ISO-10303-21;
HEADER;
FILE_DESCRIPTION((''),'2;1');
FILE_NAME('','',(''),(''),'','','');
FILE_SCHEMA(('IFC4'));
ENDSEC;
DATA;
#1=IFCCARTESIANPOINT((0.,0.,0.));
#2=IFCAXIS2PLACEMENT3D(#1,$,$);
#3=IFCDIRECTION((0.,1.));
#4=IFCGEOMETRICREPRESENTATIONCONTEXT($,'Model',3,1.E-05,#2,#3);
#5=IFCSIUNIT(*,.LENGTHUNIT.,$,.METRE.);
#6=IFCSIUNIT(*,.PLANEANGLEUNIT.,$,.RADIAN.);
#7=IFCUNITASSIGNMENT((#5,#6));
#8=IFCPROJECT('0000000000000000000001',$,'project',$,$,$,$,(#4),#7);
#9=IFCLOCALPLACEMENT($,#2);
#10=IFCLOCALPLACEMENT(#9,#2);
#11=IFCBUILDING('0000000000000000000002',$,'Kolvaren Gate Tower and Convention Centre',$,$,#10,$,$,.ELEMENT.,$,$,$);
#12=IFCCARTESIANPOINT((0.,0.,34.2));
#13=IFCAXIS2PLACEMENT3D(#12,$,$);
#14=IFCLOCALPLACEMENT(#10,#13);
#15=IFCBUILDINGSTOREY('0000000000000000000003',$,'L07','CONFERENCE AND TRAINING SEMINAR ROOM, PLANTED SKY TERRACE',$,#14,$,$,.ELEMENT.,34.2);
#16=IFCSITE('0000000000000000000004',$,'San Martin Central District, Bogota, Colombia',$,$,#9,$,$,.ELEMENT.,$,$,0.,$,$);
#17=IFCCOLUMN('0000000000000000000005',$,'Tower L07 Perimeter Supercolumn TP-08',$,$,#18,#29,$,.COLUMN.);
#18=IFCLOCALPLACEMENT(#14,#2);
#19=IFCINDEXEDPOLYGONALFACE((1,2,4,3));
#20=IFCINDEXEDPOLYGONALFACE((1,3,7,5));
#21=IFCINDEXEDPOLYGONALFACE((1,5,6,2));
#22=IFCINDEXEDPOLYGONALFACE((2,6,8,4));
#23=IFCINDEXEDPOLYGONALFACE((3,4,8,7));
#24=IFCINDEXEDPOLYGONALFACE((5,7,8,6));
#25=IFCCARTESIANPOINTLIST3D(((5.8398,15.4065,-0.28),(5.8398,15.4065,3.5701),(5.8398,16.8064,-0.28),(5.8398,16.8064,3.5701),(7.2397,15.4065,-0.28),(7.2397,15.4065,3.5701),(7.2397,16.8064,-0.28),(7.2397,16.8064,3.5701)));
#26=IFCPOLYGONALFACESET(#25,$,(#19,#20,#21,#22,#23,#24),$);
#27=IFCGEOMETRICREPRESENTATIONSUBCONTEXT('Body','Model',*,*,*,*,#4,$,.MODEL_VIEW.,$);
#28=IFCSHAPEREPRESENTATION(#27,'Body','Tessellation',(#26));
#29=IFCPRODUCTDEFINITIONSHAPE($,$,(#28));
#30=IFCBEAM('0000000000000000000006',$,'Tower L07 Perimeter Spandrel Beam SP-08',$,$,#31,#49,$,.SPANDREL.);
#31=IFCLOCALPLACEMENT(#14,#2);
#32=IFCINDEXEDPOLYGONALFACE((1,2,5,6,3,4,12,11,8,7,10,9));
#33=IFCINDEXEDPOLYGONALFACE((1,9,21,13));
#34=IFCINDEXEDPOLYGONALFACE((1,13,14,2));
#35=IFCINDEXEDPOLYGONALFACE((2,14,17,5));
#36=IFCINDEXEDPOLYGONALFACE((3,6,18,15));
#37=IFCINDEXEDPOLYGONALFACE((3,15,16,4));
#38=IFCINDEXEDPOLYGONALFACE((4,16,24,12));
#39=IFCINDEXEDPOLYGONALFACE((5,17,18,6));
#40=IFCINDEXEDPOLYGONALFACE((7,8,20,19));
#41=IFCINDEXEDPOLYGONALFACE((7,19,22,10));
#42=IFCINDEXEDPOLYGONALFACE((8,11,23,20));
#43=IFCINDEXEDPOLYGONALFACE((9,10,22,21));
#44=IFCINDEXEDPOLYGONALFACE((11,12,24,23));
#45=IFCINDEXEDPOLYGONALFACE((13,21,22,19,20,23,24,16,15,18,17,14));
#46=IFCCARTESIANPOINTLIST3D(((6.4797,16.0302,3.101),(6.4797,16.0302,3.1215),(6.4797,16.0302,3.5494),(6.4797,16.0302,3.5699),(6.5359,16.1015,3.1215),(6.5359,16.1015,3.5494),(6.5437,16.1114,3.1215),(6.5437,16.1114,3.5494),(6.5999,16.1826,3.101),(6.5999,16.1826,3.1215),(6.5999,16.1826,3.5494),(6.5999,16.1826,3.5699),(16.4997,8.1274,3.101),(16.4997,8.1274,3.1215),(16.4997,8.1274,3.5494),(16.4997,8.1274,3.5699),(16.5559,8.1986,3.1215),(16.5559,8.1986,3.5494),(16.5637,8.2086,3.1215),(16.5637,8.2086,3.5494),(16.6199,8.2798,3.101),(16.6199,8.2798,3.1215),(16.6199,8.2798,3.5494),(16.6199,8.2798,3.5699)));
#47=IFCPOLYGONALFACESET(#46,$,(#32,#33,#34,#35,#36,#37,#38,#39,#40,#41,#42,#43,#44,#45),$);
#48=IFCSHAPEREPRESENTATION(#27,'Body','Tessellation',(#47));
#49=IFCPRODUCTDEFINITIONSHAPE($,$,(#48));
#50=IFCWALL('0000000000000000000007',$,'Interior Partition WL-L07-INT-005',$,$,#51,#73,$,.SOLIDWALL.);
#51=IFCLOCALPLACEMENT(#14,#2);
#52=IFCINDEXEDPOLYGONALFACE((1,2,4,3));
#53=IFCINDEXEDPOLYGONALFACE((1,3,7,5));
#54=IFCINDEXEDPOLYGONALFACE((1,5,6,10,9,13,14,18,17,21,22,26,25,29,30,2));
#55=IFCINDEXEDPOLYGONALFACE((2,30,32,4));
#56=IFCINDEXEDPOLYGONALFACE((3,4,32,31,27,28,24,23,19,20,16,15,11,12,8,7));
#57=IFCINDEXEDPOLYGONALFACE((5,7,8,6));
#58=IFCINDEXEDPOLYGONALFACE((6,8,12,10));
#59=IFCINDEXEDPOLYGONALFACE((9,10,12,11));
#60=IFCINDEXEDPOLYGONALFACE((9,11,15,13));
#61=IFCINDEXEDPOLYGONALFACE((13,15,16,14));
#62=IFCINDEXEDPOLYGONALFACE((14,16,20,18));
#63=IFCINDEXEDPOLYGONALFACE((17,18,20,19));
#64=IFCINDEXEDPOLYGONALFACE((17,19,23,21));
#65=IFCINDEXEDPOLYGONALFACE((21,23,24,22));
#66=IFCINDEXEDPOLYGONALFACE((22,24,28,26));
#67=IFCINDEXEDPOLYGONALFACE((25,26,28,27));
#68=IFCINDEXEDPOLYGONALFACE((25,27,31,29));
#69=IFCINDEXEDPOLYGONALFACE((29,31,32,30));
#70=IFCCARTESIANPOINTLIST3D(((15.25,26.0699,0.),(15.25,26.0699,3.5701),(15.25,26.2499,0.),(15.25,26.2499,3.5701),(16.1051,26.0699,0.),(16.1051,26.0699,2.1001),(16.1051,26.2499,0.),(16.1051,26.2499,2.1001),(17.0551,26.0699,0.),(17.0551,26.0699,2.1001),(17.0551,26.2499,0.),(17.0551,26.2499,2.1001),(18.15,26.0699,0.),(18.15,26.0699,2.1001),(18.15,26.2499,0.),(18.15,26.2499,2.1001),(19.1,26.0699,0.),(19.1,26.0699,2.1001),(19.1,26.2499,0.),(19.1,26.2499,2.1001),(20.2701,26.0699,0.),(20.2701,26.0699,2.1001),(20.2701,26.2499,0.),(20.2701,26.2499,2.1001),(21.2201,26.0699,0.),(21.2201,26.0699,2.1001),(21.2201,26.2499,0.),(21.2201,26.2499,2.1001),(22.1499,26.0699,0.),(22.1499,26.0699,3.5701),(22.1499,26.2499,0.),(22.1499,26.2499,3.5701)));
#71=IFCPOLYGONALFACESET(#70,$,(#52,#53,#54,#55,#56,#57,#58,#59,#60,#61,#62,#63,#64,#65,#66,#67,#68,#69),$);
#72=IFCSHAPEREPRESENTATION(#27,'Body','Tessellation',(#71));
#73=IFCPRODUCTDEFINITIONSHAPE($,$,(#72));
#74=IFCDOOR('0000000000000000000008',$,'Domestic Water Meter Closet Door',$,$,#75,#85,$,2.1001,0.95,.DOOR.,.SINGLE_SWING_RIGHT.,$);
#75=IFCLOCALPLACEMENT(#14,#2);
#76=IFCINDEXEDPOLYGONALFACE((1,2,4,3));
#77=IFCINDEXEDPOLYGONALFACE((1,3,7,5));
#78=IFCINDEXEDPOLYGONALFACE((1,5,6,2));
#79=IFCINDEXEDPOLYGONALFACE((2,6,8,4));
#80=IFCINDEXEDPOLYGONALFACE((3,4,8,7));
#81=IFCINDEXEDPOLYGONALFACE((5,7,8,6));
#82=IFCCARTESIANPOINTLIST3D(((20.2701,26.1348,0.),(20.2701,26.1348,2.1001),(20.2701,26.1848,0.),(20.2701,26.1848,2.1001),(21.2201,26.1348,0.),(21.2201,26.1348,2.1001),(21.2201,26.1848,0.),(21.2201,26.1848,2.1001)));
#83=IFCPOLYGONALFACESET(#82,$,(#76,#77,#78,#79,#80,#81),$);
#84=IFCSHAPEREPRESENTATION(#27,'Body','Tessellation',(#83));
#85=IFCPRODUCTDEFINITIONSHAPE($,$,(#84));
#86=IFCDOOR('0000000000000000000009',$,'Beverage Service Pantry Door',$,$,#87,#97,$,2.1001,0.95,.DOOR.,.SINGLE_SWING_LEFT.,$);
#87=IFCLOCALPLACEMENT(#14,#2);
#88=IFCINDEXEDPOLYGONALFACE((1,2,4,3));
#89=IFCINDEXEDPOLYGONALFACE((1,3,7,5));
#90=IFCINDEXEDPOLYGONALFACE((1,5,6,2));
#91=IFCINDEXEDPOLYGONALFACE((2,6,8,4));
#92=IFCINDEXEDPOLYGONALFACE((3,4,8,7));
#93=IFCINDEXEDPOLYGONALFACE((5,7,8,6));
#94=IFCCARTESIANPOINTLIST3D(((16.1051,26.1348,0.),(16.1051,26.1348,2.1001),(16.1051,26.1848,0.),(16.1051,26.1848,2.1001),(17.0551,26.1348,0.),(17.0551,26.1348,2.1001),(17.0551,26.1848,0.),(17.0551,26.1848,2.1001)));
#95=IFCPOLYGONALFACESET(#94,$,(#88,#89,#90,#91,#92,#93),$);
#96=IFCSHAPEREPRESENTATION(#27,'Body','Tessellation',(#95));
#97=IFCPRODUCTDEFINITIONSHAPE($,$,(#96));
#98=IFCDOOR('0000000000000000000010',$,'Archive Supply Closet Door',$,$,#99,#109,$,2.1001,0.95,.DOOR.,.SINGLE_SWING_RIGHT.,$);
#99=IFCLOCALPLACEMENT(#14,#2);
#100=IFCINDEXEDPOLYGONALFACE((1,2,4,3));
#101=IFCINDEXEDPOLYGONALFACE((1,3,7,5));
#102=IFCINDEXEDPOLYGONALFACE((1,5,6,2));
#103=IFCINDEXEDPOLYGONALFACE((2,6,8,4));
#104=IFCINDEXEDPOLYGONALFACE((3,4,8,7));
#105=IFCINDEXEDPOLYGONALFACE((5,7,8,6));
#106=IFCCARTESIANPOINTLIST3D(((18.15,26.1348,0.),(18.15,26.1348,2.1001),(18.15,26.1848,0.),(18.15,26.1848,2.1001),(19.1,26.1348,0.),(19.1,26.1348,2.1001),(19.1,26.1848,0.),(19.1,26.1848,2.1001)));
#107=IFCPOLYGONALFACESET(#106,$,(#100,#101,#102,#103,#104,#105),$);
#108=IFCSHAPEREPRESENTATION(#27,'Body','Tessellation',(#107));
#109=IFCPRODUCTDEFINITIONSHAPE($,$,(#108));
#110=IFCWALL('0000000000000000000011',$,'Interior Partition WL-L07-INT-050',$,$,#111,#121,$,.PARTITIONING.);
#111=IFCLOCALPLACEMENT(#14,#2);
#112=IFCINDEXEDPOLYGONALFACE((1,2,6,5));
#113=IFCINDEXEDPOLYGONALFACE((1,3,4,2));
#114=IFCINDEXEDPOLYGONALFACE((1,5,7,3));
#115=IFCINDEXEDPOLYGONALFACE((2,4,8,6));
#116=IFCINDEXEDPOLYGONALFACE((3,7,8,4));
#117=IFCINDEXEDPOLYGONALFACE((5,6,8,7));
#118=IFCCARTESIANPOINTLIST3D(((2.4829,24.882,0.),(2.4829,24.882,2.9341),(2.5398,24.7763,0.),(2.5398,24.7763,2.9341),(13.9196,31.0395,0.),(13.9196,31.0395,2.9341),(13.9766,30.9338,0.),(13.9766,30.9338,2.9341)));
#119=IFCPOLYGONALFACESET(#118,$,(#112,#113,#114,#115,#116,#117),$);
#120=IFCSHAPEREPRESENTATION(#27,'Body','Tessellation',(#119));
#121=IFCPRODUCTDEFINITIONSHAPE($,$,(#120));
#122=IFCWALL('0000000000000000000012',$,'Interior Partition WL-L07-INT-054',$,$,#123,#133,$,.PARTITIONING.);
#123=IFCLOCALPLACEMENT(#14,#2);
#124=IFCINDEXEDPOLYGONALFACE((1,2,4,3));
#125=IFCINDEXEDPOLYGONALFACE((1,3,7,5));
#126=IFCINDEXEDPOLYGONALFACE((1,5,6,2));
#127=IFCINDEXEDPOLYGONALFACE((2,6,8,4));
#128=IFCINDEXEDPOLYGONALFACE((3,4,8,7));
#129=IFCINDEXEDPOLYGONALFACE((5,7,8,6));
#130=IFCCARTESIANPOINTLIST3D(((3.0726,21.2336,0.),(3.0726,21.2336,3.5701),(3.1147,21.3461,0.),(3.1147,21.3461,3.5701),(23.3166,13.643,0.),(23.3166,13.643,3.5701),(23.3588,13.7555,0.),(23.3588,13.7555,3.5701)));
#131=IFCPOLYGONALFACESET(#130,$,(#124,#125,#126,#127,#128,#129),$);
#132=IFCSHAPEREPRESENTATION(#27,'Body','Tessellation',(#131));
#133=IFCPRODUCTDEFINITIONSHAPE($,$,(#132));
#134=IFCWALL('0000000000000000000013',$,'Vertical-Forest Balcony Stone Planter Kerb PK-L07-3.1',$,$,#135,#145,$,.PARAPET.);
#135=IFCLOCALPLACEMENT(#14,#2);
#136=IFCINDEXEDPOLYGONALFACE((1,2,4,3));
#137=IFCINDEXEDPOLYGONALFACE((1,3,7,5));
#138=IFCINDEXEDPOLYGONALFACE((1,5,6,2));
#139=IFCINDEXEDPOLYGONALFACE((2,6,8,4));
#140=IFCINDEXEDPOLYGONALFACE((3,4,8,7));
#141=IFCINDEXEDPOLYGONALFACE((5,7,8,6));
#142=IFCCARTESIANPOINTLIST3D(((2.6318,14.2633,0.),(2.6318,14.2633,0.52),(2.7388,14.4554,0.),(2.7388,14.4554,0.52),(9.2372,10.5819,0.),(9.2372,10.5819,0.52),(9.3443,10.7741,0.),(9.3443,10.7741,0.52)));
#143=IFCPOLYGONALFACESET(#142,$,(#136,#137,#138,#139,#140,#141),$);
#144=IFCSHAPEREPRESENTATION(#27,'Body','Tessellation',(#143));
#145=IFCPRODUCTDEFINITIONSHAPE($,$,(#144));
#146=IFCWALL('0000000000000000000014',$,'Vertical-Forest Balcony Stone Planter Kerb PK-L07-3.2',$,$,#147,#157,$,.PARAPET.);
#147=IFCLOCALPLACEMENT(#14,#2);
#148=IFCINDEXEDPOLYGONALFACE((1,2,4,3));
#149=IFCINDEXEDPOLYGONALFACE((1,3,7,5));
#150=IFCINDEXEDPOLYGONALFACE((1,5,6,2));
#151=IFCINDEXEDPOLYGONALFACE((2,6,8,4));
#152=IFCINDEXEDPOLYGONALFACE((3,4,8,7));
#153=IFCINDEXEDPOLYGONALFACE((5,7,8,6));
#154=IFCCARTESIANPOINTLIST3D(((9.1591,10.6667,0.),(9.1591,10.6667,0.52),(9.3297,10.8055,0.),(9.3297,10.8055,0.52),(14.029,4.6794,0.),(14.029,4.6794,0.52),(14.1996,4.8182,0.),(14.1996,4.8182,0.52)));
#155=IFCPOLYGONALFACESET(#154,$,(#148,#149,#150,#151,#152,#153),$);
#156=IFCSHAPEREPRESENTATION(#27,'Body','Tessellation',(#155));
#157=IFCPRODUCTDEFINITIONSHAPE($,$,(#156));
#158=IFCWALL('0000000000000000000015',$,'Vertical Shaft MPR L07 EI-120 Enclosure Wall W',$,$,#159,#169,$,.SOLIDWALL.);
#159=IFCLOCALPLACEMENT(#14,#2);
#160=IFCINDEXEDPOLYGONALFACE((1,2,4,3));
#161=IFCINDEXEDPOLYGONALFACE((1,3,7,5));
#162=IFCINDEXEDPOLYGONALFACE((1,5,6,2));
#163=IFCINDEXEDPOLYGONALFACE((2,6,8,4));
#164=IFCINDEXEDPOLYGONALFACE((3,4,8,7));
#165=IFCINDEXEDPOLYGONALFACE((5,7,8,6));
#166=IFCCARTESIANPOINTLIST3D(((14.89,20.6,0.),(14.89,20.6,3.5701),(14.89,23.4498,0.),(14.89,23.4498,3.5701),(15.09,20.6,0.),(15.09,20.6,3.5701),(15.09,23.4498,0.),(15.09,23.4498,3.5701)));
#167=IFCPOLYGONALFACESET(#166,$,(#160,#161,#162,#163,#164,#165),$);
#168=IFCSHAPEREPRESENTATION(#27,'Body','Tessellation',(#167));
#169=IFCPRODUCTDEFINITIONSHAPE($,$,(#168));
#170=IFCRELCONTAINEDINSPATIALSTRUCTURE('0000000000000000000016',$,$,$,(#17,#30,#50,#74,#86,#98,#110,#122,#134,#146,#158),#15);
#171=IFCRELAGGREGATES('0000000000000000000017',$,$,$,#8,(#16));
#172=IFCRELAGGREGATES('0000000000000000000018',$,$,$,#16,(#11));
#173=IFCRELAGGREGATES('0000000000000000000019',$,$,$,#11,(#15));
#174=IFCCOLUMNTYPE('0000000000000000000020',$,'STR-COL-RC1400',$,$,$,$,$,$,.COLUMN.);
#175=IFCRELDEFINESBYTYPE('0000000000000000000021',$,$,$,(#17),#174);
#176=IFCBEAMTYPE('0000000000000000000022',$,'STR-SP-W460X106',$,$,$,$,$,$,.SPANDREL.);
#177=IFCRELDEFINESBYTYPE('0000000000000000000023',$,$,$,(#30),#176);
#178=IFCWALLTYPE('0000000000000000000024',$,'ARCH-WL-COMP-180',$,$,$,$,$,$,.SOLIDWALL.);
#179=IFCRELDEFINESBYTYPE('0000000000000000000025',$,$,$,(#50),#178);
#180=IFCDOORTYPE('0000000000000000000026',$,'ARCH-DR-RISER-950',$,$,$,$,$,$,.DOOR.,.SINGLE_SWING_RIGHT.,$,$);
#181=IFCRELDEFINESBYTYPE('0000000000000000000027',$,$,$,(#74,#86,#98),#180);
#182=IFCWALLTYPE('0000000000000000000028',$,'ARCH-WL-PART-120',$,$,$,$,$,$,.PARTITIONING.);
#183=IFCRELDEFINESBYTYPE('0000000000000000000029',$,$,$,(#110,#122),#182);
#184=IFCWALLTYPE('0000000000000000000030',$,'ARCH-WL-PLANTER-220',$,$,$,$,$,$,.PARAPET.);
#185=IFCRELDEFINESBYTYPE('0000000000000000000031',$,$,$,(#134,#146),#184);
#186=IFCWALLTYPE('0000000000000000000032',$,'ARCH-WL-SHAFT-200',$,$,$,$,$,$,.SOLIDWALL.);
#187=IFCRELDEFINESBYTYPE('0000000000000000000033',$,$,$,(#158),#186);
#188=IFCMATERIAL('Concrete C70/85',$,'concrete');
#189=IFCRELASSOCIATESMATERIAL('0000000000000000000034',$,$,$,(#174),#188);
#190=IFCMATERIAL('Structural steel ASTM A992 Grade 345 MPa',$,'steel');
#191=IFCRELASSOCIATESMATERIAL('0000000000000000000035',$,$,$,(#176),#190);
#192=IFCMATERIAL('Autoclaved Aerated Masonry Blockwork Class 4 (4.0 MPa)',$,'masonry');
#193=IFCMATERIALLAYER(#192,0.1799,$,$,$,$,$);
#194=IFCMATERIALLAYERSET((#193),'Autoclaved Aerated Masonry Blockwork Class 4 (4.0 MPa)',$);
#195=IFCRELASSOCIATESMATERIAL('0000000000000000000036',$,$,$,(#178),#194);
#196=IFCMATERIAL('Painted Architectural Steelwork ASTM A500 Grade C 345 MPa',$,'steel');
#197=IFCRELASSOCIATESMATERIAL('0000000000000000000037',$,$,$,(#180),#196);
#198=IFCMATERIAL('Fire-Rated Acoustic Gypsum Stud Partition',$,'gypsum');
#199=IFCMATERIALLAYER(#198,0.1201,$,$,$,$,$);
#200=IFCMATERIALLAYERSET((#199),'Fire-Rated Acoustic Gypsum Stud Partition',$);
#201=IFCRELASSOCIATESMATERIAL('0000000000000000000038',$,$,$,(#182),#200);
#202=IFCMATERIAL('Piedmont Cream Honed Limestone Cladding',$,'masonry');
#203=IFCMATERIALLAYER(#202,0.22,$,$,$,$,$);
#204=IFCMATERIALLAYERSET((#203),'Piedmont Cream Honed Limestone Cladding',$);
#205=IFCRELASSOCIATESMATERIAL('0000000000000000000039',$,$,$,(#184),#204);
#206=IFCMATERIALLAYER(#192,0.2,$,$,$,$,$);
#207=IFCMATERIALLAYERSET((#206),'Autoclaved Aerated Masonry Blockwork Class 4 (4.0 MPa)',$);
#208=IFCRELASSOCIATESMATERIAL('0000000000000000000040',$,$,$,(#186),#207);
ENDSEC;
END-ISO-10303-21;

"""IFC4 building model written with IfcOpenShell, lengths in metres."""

from ifc_helpers import new_model, si_unit, direction, frame, frame_2d, origin, origin_2d, place, context, subcontext, project, spatial, rectangle, i_section, extrude, material, layer, layer_set, material_profile, profile_set, type_object, element, fill, save


model = new_model("IFC4")

# Units and contexts
model_context = context("Model", 3, precision=1e-05, world=origin(), true_north=direction((0.0, 1.0)))
body_context = subcontext(model_context, "Body", "Model", "MODEL_VIEW")
ifc_project = project(units=[si_unit("LENGTHUNIT", "METRE"), si_unit("PLANEANGLEUNIT", "RADIAN")], contexts=[model_context])

# Site, building, storey
site_placement = place(None, origin())
site = spatial("IfcSite", under=ifc_project, at=site_placement, Name="San Martin Central District, Bogota, Colombia", CompositionType="ELEMENT", RefElevation=0.0)
building_placement = place(site_placement, origin())
building = spatial("IfcBuilding", under=site, at=building_placement, Name="Kolvaren Gate Tower and Convention Centre", CompositionType="ELEMENT")
storey_placement = place(building_placement, frame((0.0, 0.0, 34.2)))
storey = spatial("IfcBuildingStorey", under=building, at=storey_placement, Name="L07", Description="CONFERENCE AND TRAINING SEMINAR ROOM, PLANTED SKY TERRACE", CompositionType="ELEMENT", Elevation=34.2)

# Column
ifc_material_1 = material(Name="Concrete C70/85", Category="concrete")
ifc_material_profile_1 = material_profile(ifc_material_1, rectangle(XDim=1.3999, YDim=1.3999, at=origin_2d()), Name="RC-COL-1400X1400")
ifc_profile_set_1 = profile_set([ifc_material_profile_1], Name="Concrete C70/85")
column_type = type_object("IfcColumnType", Name="STR-COL-RC1400", PredefinedType="COLUMN", material=ifc_profile_set_1)
column_placement = place(storey_placement, frame((6.5398, 16.1064, -0.28), z_axis=(0.0, 0.0, 1.0), x_axis=(1.0, 0.0, 0.0)))
element("IfcColumn", 1, at=column_placement, inside=storey, type_object=column_type, Name="Tower L07 Perimeter Supercolumn TP-08", PredefinedType="COLUMN", context=body_context, shape_type="SweptSolid", body=[
    extrude(rectangle(XDim=1.3999, YDim=1.3999, at=origin_2d()), origin(), (0.0, 0.0, 1.0), 3.8501),
])

# Beam
ifc_material_2 = material(Name="Structural steel ASTM A992 Grade 345 MPa", Category="steel")
ifc_material_profile_2 = material_profile(ifc_material_2, i_section(OverallWidth=0.1941, OverallDepth=0.469, WebThickness=0.0127, FlangeThickness=0.0205, at=origin_2d()), Name="W460X106")
ifc_profile_set_2 = profile_set([ifc_material_profile_2], Name="Structural steel ASTM A992 Grade 345 MPa")
beam_type = type_object("IfcBeamType", Name="STR-SP-W460X106", PredefinedType="SPANDREL", material=ifc_profile_set_2)
beam_placement = place(storey_placement, frame((6.5398, 16.1064, 3.3354), z_axis=(0.785176, -0.619272, 0.0), x_axis=(0.619272, 0.785176, 0.0)))
element("IfcBeam", 2, at=beam_placement, inside=storey, type_object=beam_type, Name="Tower L07 Perimeter Spandrel Beam SP-08", PredefinedType="SPANDREL", context=body_context, shape_type="SweptSolid", body=[
    extrude(i_section(OverallWidth=0.1941, OverallDepth=0.469, WebThickness=0.0127, FlangeThickness=0.0205, at=origin_2d()), origin(), (0.0, 0.0, 1.0), 12.7615),
])

# Wall, openings, doors
ifc_material_3 = material(Name="Autoclaved Aerated Masonry Blockwork Class 4 (4.0 MPa)", Category="masonry")
ifc_layer_1 = layer(ifc_material_3, 0.1799)
ifc_layer_set_1 = layer_set([ifc_layer_1], Name="Autoclaved Aerated Masonry Blockwork Class 4 (4.0 MPa)")
wall_type_1 = type_object("IfcWallType", Name="ARCH-WL-COMP-180", PredefinedType="SOLIDWALL", material=ifc_layer_set_1)
wall_1_placement = place(storey_placement, frame((15.25, 26.1599, 0.0), z_axis=(0.0, 0.0, 1.0), x_axis=(1.0, 0.0, 0.0)))
wall_1 = element("IfcWall", 3, at=wall_1_placement, inside=storey, type_object=wall_type_1, Name="Interior Partition WL-L07-INT-005", PredefinedType="SOLIDWALL", context=body_context, shape_type="SweptSolid", body=[
    extrude(rectangle(XDim=6.8999, YDim=0.1799, at=frame_2d((3.45, 0.0))), origin(), (0.0, 0.0, 1.0), 3.5701),
])
opening_1_placement = place(wall_1_placement, frame((5.02, 0.0, 0.0)))
opening_1 = element("IfcOpeningElement", 4, at=opening_1_placement, cuts=wall_1, PredefinedType="OPENING", context=body_context, shape_type="SweptSolid", body=[
    extrude(rectangle(XDim=0.95, YDim=2.1001, at=frame_2d((0.4751, 1.05))), frame((0.0, 0.0999, 0.0), z_axis=(0.0, -1.0, 0.0), x_axis=(1.0, 0.0, 0.0)), (0.0, 0.0, 1.0), 0.2),
])
opening_2_placement = place(wall_1_placement, frame((0.855, 0.0, 0.0)))
opening_2 = element("IfcOpeningElement", 5, at=opening_2_placement, cuts=wall_1, PredefinedType="OPENING", context=body_context, shape_type="SweptSolid", body=[
    extrude(rectangle(XDim=0.95, YDim=2.1001, at=frame_2d((0.4751, 1.05))), frame((0.0, 0.0999, 0.0), z_axis=(0.0, -1.0, 0.0), x_axis=(1.0, 0.0, 0.0)), (0.0, 0.0, 1.0), 0.2),
])
opening_3_placement = place(wall_1_placement, frame((2.8999, 0.0, 0.0)))
opening_3 = element("IfcOpeningElement", 6, at=opening_3_placement, cuts=wall_1, PredefinedType="OPENING", context=body_context, shape_type="SweptSolid", body=[
    extrude(rectangle(XDim=0.95, YDim=2.1001, at=frame_2d((0.4751, 1.05))), frame((0.0, 0.0999, 0.0), z_axis=(0.0, -1.0, 0.0), x_axis=(1.0, 0.0, 0.0)), (0.0, 0.0, 1.0), 0.2),
])
ifc_material_4 = material(Name="Painted Architectural Steelwork ASTM A500 Grade C 345 MPa", Category="steel")
door_type_1 = type_object("IfcDoorType", Name="ARCH-DR-RISER-950", OperationType="SINGLE_SWING_RIGHT", PredefinedType="DOOR", material=ifc_material_4)
door_1_placement = place(opening_1_placement, origin())
door_1 = element("IfcDoor", 7, at=door_1_placement, inside=storey, type_object=door_type_1, Name="Domestic Water Meter Closet Door", OperationType="SINGLE_SWING_RIGHT", OverallHeight=2.1001, OverallWidth=0.95, PredefinedType="DOOR", context=body_context, shape_type="SweptSolid", body=[
    extrude(rectangle(XDim=0.95, YDim=2.1001, at=frame_2d((0.4751, 1.05))), frame((0.0, 0.0249, 0.0), z_axis=(0.0, -1.0, 0.0), x_axis=(1.0, 0.0, 0.0)), (0.0, 0.0, 1.0), 0.05),
])
fill(opening_1, door_1)
door_2_placement = place(opening_2_placement, origin())
door_2 = element("IfcDoor", 8, at=door_2_placement, inside=storey, type_object=door_type_1, Name="Beverage Service Pantry Door", OperationType="SINGLE_SWING_LEFT", OverallHeight=2.1001, OverallWidth=0.95, PredefinedType="DOOR", context=body_context, shape_type="SweptSolid", body=[
    extrude(rectangle(XDim=0.95, YDim=2.1001, at=frame_2d((0.4751, 1.05))), frame((0.0, 0.0249, 0.0), z_axis=(0.0, -1.0, 0.0), x_axis=(1.0, 0.0, 0.0)), (0.0, 0.0, 1.0), 0.05),
])
fill(opening_2, door_2)
door_3_placement = place(opening_3_placement, origin())
door_3 = element("IfcDoor", 9, at=door_3_placement, inside=storey, type_object=door_type_1, Name="Archive Supply Closet Door", OperationType="SINGLE_SWING_RIGHT", OverallHeight=2.1001, OverallWidth=0.95, PredefinedType="DOOR", context=body_context, shape_type="SweptSolid", body=[
    extrude(rectangle(XDim=0.95, YDim=2.1001, at=frame_2d((0.4751, 1.05))), frame((0.0, 0.0249, 0.0), z_axis=(0.0, -1.0, 0.0), x_axis=(1.0, 0.0, 0.0)), (0.0, 0.0, 1.0), 0.05),
])
fill(opening_3, door_3)

# Walls
ifc_material_5 = material(Name="Fire-Rated Acoustic Gypsum Stud Partition", Category="gypsum")
ifc_layer_2 = layer(ifc_material_5, 0.1201)
ifc_layer_set_2 = layer_set([ifc_layer_2], Name="Fire-Rated Acoustic Gypsum Stud Partition")
wall_type_2 = type_object("IfcWallType", Name="ARCH-WL-PART-120", PredefinedType="PARTITIONING", material=ifc_layer_set_2)
wall_2_placement = place(storey_placement, frame((2.5112, 24.8291, 0.0), z_axis=(0.0, 0.0, 1.0), x_axis=(0.880496, 0.474053, 0.0)))
element("IfcWall", 10, at=wall_2_placement, inside=storey, type_object=wall_type_2, Name="Interior Partition WL-L07-INT-050", PredefinedType="PARTITIONING", context=body_context, shape_type="SweptSolid", body=[
    extrude(rectangle(XDim=12.989, YDim=0.1201, at=frame_2d((6.4946, 0.0))), origin(), (0.0, 0.0, 1.0), 2.9341),
])
wall_3_placement = place(storey_placement, frame((3.0938, 21.2898, 0.0), z_axis=(0.0, 0.0, 1.0), x_axis=(0.936344, -0.351084, 0.0)))
element("IfcWall", 11, at=wall_3_placement, inside=storey, type_object=wall_type_2, Name="Interior Partition WL-L07-INT-054", PredefinedType="PARTITIONING", context=body_context, shape_type="SweptSolid", body=[
    extrude(rectangle(XDim=21.6204, YDim=0.1201, at=frame_2d((10.8101, 0.0))), origin(), (0.0, 0.0, 1.0), 3.5701),
])
ifc_material_6 = material(Name="Piedmont Cream Honed Limestone Cladding", Category="masonry")
ifc_layer_3 = layer(ifc_material_6, 0.22)
ifc_layer_set_3 = layer_set([ifc_layer_3], Name="Piedmont Cream Honed Limestone Cladding")
wall_type_3 = type_object("IfcWallType", Name="ARCH-WL-PLANTER-220", PredefinedType="PARAPET", material=ifc_layer_set_3)
wall_4_placement = place(storey_placement, frame((2.6853, 14.3594, 0.0), z_axis=(0.0, 0.0, 1.0), x_axis=(0.8735, -0.486824, 0.0)))
element("IfcWall", 12, at=wall_4_placement, inside=storey, type_object=wall_type_3, Name="Vertical-Forest Balcony Stone Planter Kerb PK-L07-3.1", PredefinedType="PARAPET", context=body_context, shape_type="SweptSolid", body=[
    extrude(rectangle(XDim=7.562, YDim=0.22, at=frame_2d((3.781, 0.0))), origin(), (0.0, 0.0, 1.0), 0.52),
])
wall_5_placement = place(storey_placement, frame((9.2444, 10.7361, 0.0), z_axis=(0.0, 0.0, 1.0), x_axis=(0.630997, -0.775785, 0.0)))
element("IfcWall", 13, at=wall_5_placement, inside=storey, type_object=wall_type_3, Name="Vertical-Forest Balcony Stone Planter Kerb PK-L07-3.2", PredefinedType="PARAPET", context=body_context, shape_type="SweptSolid", body=[
    extrude(rectangle(XDim=7.7178, YDim=0.22, at=frame_2d((3.8589, 0.0))), origin(), (0.0, 0.0, 1.0), 0.52),
])
ifc_layer_4 = layer(ifc_material_3, 0.2)
ifc_layer_set_4 = layer_set([ifc_layer_4], Name="Autoclaved Aerated Masonry Blockwork Class 4 (4.0 MPa)")
wall_type_4 = type_object("IfcWallType", Name="ARCH-WL-SHAFT-200", PredefinedType="SOLIDWALL", material=ifc_layer_set_4)
wall_6_placement = place(storey_placement, frame((14.99, 20.6001, 0.0), z_axis=(0.0, 0.0, 1.0), x_axis=(0.0, 1.0, 0.0)))
element("IfcWall", 14, at=wall_6_placement, inside=storey, type_object=wall_type_4, Name="Vertical Shaft MPR L07 EI-120 Enclosure Wall W", PredefinedType="SOLIDWALL", context=body_context, shape_type="SweptSolid", body=[
    extrude(rectangle(XDim=2.8499, YDim=0.2, at=frame_2d((1.4248, 0.0))), origin(), (0.0, 0.0, 1.0), 3.5701),
])

save(model, "model.ifc")
